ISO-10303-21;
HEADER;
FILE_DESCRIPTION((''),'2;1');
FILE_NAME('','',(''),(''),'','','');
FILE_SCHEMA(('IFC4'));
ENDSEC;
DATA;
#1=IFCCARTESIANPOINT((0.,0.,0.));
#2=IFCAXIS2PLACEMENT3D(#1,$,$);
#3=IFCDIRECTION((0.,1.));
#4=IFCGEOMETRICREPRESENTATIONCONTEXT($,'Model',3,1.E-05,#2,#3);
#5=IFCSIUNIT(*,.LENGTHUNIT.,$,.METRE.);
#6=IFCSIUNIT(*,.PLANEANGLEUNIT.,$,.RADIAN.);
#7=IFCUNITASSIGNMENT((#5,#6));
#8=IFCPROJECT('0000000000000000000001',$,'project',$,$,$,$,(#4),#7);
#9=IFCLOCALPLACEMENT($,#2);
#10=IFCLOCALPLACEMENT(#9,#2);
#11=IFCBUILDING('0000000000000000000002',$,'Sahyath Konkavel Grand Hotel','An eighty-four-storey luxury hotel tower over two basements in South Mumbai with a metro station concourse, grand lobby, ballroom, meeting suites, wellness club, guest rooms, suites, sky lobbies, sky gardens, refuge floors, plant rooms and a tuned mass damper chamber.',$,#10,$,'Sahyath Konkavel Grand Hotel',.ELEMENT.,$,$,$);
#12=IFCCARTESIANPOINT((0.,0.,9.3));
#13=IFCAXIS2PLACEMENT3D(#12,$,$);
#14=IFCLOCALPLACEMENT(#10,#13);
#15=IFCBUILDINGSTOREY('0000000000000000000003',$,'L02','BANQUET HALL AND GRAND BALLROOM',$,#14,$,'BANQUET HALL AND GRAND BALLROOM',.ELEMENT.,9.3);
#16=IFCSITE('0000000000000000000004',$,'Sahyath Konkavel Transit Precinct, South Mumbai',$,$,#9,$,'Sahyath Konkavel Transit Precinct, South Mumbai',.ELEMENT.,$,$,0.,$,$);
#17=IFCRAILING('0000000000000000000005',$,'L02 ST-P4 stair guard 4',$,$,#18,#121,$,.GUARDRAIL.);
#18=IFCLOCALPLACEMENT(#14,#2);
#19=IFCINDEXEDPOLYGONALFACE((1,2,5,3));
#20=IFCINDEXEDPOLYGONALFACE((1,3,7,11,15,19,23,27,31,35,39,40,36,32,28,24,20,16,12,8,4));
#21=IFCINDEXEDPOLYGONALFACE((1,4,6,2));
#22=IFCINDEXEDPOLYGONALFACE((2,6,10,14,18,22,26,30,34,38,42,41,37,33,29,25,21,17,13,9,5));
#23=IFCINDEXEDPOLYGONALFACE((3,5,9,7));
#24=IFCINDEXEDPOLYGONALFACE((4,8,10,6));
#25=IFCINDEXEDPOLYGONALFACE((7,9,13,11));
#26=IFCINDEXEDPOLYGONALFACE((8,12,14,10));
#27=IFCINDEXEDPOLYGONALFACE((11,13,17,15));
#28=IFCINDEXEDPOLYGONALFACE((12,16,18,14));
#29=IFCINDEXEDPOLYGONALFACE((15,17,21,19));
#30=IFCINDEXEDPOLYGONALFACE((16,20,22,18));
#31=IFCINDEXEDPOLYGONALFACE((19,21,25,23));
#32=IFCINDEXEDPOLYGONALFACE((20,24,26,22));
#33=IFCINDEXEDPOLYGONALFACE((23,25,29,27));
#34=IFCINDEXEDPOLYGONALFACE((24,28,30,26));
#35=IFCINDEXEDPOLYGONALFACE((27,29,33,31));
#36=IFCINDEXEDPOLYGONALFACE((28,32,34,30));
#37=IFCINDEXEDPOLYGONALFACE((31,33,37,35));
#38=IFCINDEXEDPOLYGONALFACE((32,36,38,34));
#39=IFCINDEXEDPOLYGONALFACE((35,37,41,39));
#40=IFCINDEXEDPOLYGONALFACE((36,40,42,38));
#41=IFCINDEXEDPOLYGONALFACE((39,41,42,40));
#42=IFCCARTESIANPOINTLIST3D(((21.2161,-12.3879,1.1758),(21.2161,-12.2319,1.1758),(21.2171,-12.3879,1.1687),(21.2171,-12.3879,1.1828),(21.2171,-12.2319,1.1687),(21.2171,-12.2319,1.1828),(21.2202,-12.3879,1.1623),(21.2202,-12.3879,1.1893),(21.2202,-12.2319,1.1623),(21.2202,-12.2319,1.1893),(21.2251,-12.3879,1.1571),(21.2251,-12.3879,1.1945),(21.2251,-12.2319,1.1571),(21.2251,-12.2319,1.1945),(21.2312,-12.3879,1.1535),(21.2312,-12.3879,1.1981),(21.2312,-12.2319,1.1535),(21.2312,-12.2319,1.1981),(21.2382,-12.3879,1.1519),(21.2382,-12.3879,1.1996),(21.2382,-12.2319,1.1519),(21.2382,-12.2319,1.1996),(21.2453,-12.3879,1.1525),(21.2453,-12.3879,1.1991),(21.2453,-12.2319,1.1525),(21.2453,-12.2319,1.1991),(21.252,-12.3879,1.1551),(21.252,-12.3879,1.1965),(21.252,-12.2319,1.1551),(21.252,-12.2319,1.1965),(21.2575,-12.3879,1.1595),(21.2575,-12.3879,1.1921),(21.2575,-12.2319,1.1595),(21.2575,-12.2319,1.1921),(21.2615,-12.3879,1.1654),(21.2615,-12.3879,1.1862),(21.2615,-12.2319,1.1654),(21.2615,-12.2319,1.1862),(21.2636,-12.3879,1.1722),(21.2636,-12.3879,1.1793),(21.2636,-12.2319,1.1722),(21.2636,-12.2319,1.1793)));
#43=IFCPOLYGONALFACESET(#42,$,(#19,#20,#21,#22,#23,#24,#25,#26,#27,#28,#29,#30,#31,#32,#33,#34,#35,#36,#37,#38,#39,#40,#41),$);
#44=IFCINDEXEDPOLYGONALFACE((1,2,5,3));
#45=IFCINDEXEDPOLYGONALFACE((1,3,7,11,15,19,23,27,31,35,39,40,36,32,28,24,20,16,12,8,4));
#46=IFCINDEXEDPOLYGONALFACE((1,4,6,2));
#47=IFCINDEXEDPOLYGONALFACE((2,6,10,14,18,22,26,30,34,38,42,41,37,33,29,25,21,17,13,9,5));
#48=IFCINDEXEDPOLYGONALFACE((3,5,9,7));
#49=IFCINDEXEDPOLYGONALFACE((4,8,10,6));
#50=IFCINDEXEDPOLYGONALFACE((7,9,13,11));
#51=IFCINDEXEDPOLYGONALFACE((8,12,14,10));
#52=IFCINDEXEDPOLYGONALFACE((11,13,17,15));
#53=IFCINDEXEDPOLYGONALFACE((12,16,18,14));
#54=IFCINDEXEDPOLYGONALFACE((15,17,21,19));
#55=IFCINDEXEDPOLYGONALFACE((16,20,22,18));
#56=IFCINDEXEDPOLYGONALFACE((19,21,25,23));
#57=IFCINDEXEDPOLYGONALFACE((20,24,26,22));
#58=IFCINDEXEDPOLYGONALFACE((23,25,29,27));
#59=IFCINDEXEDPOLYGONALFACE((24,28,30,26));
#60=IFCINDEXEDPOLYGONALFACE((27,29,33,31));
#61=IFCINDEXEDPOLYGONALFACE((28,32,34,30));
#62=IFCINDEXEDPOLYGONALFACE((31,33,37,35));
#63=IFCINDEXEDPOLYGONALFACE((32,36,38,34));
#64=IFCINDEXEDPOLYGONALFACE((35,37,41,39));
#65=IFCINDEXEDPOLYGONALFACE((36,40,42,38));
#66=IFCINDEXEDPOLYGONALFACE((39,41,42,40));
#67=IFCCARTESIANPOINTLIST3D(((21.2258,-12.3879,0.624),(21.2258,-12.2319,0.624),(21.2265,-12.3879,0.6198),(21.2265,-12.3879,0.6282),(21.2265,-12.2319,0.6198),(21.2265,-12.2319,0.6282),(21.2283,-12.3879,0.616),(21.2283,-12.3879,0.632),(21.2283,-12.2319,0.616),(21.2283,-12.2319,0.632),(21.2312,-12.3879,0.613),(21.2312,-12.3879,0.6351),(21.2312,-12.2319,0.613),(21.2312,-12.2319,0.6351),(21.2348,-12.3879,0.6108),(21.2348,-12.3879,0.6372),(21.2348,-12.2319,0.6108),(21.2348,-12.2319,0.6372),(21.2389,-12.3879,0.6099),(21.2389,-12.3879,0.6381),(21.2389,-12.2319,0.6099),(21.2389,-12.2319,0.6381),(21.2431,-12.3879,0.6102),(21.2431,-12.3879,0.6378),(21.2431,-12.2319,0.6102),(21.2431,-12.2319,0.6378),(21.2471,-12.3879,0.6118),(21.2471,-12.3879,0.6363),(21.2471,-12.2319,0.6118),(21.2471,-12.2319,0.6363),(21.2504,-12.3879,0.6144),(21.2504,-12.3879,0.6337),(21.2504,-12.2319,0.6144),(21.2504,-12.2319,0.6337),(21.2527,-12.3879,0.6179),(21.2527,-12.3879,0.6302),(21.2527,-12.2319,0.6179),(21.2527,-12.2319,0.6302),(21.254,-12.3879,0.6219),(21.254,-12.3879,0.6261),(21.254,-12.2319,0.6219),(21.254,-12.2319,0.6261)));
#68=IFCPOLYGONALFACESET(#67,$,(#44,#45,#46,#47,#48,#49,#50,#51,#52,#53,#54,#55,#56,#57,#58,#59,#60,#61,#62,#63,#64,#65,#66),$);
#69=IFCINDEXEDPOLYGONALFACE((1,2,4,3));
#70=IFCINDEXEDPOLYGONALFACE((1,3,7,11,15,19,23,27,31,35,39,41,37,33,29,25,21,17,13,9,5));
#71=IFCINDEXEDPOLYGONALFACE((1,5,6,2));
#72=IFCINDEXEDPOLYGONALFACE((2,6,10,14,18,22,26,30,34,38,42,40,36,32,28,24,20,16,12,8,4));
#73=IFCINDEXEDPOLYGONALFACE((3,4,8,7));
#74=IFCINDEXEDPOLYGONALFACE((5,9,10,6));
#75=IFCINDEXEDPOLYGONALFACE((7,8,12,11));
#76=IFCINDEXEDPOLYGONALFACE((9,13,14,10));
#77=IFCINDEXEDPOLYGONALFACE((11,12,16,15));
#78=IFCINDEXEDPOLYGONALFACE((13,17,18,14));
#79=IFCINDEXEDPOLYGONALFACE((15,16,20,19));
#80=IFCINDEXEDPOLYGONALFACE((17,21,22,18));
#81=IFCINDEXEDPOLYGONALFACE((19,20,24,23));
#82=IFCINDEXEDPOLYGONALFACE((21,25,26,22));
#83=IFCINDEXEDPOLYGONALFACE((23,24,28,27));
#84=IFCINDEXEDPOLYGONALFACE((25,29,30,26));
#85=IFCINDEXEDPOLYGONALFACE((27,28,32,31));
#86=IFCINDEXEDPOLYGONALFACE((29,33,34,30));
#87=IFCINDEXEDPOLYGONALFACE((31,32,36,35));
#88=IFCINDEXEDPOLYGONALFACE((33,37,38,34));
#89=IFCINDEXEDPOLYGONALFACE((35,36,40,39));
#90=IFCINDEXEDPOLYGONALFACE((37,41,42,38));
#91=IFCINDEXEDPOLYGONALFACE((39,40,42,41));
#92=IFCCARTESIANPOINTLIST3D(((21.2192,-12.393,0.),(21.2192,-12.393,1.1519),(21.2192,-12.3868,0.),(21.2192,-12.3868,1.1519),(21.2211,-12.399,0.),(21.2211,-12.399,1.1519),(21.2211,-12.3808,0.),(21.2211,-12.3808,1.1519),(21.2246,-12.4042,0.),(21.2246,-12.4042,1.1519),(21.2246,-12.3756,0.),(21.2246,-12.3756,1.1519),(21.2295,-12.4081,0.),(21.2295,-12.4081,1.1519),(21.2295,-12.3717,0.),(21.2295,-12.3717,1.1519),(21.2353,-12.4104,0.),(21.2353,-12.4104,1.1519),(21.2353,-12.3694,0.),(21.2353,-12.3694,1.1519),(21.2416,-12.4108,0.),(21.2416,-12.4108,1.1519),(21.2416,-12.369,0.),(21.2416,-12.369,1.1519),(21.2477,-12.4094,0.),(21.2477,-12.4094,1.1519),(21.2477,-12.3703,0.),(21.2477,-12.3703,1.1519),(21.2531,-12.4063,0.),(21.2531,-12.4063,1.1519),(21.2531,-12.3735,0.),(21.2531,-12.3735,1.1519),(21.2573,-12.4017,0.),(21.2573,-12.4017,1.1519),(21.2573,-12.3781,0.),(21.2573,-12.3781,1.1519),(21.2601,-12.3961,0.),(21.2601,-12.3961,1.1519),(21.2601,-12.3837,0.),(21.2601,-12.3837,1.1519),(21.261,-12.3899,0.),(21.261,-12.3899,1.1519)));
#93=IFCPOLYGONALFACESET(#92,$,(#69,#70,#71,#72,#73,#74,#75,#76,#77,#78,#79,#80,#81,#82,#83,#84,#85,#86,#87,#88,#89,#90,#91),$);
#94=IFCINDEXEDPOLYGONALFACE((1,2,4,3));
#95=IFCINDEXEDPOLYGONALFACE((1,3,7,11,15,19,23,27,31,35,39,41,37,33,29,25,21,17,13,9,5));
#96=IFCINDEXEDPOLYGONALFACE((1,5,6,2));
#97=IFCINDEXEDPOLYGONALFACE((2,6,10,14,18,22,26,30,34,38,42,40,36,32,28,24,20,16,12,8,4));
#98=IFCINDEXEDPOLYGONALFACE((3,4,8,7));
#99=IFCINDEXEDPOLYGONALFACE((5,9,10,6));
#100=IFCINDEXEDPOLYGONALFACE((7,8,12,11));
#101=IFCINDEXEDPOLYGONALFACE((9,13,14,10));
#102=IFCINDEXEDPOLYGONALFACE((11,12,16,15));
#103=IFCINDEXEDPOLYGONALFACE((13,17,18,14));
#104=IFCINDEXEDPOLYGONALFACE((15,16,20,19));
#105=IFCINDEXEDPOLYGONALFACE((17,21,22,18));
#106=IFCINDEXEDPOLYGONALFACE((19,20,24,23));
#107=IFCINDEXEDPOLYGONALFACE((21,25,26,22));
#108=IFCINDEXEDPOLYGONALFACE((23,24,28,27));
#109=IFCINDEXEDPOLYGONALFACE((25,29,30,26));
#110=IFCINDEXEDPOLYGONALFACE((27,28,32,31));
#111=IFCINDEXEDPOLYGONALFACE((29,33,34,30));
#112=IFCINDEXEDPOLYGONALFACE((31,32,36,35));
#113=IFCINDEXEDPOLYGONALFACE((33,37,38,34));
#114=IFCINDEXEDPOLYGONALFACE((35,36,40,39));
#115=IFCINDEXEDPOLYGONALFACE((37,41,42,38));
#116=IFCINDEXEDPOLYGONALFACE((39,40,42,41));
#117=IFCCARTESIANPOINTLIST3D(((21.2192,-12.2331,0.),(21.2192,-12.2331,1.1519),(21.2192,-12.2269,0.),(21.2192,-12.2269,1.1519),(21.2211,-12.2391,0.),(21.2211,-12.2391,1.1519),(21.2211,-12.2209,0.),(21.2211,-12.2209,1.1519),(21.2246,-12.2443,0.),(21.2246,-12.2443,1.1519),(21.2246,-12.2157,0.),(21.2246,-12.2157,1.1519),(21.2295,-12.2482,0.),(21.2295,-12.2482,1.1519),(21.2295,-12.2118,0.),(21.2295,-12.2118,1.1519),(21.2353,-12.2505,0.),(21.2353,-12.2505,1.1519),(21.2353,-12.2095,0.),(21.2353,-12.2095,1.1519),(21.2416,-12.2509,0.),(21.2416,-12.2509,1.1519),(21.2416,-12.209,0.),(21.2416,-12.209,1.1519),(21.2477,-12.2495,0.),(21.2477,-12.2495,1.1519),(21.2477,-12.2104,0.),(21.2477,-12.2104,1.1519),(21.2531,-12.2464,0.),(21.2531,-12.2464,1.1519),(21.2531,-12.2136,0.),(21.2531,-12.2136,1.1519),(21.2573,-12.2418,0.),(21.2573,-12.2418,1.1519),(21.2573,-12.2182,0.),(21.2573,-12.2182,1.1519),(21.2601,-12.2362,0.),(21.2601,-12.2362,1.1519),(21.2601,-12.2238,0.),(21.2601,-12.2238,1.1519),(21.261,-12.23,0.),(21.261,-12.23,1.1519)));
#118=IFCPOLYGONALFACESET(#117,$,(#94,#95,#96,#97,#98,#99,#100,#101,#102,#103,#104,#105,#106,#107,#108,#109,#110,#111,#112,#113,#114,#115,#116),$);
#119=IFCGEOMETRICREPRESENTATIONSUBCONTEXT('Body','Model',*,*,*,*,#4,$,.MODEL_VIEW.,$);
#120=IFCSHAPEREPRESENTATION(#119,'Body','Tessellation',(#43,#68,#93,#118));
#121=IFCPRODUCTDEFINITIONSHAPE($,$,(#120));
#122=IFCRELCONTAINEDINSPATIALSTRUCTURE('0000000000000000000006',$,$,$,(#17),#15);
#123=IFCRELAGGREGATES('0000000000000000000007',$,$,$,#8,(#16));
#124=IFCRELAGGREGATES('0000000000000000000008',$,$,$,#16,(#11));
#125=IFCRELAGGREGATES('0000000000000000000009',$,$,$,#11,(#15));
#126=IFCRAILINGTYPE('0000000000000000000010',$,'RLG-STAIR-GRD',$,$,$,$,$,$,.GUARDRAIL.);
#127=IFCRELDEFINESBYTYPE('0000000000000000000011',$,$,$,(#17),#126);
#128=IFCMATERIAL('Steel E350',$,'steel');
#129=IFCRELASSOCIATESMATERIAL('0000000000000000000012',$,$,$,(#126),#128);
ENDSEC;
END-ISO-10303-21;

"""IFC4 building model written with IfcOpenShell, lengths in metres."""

from ifc_helpers import new_model, si_unit, direction, frame, origin, origin_2d, place, context, subcontext, project, spatial, circle, extrude, material, type_object, element, save


model = new_model("IFC4")

# Units and contexts
model_context = context("Model", 3, precision=1e-05, world=origin(), true_north=direction((0.0, 1.0)))
body_context = subcontext(model_context, "Body", "Model", "MODEL_VIEW")
ifc_project = project(units=[si_unit("LENGTHUNIT", "METRE"), si_unit("PLANEANGLEUNIT", "RADIAN")], contexts=[model_context])

# Site, building, storey
site_placement = place(None, origin())
site = spatial("IfcSite", under=ifc_project, at=site_placement, Name="Sahyath Konkavel Transit Precinct, South Mumbai", LongName="Sahyath Konkavel Transit Precinct, South Mumbai", CompositionType="ELEMENT", RefElevation=0.0)
building_placement = place(site_placement, origin())
building = spatial("IfcBuilding", under=site, at=building_placement, Name="Sahyath Konkavel Grand Hotel", Description="An eighty-four-storey luxury hotel tower over two basements in South Mumbai with a metro station concourse, grand lobby, ballroom, meeting suites, wellness club, guest rooms, suites, sky lobbies, sky gardens, refuge floors, plant rooms and a tuned mass damper chamber.", LongName="Sahyath Konkavel Grand Hotel", CompositionType="ELEMENT")
storey_placement = place(building_placement, frame((0.0, 0.0, 9.3)))
storey = spatial("IfcBuildingStorey", under=building, at=storey_placement, Name="L02", Description="BANQUET HALL AND GRAND BALLROOM", LongName="BANQUET HALL AND GRAND BALLROOM", CompositionType="ELEMENT", Elevation=9.3)

# Shared definitions
ifc_material_1 = material(Name="Steel E350", Category="steel")

# Railing
railing_type_1 = type_object("IfcRailingType", Name="RLG-STAIR-GRD", PredefinedType="GUARDRAIL", material=ifc_material_1)
railing_1_placement = place(storey_placement, frame((21.24, -12.3899, 0.0)))
element("IfcRailing", 1, at=railing_1_placement, inside=storey, type_object=railing_type_1, Name="L02 ST-P4 stair guard 4", PredefinedType="GUARDRAIL", context=body_context, shape_type="SweptSolid", body=[
    extrude(circle(Radius=0.0239, at=origin_2d()), frame((0.0, 0.002, 1.1758), z_axis=(0.0, 1.0, 0.0), x_axis=(-1.0, 0.0, 0.0)), (0.0, 0.0, 1.0), 0.156),
    extrude(circle(Radius=0.0142, at=origin_2d()), frame((0.0, 0.002, 0.624), z_axis=(0.0, 1.0, 0.0), x_axis=(-1.0, 0.0, 0.0)), (0.0, 0.0, 1.0), 0.156),
    extrude(circle(Radius=0.021, at=origin_2d()), origin(), (0.0, 0.0, 1.0), 1.1519),
    extrude(circle(Radius=0.021, at=origin_2d()), frame((0.0, 0.1599, 0.0)), (0.0, 0.0, 1.0), 1.1519),
])

save(model, "model.ifc")
